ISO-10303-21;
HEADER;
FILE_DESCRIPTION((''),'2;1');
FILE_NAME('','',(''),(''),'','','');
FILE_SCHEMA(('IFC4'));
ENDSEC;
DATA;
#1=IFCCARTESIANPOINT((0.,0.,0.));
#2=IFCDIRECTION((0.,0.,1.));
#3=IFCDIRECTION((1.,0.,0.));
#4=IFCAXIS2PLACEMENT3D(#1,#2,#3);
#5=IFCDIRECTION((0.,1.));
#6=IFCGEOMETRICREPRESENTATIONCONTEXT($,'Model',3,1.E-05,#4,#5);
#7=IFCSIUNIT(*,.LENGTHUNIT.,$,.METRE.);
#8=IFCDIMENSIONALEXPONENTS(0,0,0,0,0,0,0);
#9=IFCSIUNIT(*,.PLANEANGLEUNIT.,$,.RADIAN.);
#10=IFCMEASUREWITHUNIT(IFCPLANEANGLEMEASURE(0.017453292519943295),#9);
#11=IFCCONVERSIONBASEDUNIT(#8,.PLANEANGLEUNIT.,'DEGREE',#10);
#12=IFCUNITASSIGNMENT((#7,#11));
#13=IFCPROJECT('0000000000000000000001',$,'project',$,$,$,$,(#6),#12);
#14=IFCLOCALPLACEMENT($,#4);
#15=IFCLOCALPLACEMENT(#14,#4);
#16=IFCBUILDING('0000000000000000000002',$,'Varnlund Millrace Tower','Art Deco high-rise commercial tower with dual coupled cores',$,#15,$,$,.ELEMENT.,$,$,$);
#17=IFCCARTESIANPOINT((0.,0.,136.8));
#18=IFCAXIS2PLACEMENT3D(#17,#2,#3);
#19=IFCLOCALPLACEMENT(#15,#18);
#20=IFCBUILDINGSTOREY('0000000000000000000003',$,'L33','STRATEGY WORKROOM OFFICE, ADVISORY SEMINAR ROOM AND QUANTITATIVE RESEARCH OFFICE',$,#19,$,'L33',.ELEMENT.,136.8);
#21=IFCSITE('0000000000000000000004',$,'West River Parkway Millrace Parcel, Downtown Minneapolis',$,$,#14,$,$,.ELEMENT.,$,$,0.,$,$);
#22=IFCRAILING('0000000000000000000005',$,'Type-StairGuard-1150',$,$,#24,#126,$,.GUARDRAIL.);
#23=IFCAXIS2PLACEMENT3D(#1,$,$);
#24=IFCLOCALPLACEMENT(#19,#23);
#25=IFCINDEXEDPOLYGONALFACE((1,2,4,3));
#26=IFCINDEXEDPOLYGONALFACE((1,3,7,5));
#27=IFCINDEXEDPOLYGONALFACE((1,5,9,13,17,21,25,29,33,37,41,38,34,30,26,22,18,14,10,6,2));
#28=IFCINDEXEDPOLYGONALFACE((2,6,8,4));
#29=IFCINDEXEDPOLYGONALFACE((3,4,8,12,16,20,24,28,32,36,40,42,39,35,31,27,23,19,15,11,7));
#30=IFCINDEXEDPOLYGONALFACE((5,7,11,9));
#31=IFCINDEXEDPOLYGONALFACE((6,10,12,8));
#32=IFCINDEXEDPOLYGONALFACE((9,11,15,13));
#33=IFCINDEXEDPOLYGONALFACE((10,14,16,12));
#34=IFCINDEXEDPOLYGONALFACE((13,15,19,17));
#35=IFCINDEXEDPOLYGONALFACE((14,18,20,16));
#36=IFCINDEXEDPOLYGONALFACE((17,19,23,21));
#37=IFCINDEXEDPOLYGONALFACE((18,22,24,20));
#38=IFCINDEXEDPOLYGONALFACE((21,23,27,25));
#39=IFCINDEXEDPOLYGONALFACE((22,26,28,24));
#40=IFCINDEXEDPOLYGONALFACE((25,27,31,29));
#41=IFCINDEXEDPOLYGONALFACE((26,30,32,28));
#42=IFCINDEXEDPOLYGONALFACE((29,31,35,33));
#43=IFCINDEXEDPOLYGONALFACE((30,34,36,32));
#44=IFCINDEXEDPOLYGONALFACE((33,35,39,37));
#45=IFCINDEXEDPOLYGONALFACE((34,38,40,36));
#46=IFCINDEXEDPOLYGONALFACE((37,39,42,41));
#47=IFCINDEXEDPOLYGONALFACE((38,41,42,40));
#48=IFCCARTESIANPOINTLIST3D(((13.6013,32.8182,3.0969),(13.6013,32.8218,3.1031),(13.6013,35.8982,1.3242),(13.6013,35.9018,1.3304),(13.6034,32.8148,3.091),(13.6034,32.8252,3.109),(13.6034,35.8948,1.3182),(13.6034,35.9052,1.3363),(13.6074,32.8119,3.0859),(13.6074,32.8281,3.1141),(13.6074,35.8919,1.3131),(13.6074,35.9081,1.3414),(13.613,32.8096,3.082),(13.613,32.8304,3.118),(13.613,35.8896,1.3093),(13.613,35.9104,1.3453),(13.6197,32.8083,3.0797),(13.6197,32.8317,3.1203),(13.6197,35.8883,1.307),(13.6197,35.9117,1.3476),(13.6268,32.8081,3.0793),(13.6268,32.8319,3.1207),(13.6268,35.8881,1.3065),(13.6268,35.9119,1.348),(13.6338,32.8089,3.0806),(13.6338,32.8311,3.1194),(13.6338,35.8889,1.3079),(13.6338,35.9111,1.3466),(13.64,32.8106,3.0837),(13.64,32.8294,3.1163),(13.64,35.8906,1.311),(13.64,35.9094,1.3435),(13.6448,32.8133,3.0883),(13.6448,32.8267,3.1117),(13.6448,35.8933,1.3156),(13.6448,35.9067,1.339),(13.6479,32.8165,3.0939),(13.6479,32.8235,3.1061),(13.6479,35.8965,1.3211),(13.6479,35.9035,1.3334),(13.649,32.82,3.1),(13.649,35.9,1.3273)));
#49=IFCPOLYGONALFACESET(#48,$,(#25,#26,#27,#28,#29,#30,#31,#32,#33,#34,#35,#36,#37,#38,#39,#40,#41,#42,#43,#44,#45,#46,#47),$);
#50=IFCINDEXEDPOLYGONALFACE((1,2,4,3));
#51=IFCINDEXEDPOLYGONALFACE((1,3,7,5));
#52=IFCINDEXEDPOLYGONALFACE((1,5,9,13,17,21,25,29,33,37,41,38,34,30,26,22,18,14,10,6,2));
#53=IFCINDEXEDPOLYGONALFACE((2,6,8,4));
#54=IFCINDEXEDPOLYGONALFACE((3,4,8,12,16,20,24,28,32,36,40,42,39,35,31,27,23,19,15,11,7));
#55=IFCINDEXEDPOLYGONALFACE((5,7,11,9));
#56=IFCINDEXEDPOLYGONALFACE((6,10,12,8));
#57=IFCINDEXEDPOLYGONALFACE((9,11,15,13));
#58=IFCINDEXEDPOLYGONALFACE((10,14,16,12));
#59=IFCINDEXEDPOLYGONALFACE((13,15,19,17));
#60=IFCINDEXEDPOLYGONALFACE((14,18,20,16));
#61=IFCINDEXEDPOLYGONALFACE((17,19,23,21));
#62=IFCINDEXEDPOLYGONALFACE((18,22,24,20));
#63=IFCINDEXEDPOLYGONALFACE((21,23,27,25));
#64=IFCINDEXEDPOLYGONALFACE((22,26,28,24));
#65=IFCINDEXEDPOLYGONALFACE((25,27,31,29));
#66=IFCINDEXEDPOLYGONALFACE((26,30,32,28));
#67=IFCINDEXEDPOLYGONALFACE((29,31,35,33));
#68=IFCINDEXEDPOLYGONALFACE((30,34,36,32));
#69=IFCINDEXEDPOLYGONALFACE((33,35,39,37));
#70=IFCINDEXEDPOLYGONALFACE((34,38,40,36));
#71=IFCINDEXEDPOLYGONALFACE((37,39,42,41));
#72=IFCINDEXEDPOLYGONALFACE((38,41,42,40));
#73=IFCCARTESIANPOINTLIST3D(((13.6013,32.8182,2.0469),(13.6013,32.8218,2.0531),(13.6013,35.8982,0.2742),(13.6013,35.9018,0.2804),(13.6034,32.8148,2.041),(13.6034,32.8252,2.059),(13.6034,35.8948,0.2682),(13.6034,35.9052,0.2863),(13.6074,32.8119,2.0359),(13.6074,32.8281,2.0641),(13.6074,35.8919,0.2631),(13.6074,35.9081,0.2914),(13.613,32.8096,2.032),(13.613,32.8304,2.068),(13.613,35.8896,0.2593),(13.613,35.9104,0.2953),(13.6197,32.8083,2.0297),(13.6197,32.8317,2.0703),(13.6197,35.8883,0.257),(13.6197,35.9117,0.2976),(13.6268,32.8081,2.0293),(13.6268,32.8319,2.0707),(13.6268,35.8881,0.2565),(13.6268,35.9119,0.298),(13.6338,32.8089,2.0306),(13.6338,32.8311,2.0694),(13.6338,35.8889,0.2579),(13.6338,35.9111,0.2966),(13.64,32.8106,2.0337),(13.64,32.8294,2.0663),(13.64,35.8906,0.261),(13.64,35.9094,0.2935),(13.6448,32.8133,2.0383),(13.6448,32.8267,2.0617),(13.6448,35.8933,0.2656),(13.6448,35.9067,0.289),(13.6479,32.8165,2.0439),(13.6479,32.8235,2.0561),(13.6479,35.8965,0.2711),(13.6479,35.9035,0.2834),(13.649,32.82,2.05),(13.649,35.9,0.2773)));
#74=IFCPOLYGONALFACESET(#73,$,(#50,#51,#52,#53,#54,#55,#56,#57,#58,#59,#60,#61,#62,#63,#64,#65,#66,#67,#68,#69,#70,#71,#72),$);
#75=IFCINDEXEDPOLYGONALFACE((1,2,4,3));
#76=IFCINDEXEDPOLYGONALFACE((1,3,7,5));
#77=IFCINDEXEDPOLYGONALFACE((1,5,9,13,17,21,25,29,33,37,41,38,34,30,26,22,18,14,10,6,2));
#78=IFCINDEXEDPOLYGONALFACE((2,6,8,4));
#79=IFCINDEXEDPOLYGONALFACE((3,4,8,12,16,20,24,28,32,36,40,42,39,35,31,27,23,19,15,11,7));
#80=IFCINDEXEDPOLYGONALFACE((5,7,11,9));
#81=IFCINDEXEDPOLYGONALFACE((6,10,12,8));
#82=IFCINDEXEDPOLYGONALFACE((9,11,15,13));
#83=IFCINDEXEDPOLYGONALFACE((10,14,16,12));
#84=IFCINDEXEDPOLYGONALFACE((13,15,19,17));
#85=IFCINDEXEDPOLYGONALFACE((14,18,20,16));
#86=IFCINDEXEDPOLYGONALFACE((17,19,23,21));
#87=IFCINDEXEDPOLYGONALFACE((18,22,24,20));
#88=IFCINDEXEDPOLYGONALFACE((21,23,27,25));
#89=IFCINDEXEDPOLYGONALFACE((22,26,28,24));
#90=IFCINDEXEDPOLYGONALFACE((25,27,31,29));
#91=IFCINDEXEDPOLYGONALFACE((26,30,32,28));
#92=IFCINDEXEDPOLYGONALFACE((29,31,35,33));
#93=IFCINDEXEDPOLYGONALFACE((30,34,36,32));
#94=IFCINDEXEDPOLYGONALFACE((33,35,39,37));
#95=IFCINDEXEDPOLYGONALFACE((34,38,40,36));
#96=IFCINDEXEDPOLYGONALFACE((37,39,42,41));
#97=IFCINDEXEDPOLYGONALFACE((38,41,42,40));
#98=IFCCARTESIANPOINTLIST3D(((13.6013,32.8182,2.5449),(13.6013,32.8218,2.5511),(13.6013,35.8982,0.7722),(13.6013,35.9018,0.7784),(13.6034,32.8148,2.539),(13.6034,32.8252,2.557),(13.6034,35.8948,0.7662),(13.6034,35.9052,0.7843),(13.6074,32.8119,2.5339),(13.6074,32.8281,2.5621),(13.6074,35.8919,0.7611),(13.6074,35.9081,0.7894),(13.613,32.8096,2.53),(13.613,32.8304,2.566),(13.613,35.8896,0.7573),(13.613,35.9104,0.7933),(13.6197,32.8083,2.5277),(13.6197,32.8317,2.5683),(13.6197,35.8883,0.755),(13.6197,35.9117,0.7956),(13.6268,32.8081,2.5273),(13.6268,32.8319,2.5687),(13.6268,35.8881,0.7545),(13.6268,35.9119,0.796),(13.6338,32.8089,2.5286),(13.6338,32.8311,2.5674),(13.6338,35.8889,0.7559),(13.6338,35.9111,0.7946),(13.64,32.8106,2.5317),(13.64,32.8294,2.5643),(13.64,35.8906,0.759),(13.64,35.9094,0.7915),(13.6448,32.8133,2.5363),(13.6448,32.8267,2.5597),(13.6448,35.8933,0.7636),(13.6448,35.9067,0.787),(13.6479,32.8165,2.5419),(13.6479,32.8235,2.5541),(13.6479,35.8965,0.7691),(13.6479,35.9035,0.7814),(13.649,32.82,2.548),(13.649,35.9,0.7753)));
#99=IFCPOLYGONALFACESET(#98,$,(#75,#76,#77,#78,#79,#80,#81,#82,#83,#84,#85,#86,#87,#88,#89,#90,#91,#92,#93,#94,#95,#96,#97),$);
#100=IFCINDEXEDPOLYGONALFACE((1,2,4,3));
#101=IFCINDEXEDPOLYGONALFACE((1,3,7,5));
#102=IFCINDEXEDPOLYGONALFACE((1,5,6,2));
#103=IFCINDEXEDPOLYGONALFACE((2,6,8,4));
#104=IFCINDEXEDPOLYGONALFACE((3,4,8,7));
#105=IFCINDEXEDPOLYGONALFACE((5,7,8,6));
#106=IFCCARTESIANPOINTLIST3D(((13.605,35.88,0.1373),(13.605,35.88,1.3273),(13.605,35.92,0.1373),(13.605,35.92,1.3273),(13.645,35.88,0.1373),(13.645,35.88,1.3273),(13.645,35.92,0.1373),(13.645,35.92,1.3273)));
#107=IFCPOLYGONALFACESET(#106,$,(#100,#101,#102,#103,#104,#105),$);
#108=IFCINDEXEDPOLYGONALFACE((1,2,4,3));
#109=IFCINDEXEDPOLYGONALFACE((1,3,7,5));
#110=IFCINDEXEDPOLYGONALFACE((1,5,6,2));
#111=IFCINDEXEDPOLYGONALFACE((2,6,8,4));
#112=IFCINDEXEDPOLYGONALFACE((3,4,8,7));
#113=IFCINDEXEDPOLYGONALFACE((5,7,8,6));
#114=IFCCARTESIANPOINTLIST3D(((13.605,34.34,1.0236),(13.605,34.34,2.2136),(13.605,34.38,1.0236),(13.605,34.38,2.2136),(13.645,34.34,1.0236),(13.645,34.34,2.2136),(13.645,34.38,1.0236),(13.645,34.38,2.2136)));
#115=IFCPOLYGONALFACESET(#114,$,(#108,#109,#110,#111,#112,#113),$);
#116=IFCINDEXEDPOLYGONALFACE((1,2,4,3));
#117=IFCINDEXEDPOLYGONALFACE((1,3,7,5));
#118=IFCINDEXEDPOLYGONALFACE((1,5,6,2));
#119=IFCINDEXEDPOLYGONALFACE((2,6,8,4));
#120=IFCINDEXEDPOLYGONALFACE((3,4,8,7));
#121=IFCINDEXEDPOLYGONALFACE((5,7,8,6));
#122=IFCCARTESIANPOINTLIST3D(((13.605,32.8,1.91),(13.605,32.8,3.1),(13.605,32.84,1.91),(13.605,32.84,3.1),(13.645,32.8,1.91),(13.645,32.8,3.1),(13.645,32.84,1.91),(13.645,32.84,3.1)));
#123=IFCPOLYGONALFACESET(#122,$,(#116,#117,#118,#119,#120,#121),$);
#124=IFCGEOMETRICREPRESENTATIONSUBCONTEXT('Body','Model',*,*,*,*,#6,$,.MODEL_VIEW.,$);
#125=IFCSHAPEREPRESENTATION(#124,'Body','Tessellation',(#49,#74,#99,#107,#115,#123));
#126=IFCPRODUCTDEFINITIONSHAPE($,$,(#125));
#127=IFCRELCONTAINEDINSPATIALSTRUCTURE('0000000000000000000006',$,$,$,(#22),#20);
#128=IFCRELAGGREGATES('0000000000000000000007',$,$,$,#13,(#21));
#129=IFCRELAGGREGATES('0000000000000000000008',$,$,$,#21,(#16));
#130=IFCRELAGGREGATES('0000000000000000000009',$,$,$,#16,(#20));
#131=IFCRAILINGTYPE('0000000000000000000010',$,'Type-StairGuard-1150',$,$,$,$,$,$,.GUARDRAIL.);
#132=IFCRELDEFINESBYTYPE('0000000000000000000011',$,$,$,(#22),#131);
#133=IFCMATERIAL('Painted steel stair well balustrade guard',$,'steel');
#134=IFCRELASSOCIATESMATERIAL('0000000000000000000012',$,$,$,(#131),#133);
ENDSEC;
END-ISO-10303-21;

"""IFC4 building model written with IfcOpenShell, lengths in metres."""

from ifc_helpers import new_model, entity, si_unit, converted_unit, direction, frame, origin_with_axes, origin_2d_with_axis, place, context, subcontext, project, spatial, rectangle, circle, extrude, material, type_object, element, save


model = new_model("IFC4")

# Units and contexts
model_context = context("Model", 3, precision=1e-05, world=origin_with_axes(), true_north=direction((0.0, 1.0)))
body_context = subcontext(model_context, "Body", "Model", "MODEL_VIEW")
ifc_project = project(units=[si_unit("LENGTHUNIT", "METRE"), converted_unit("PLANEANGLEUNIT", "DEGREE", entity("IfcPlaneAngleMeasure", 0.017453292519943295), si_unit("PLANEANGLEUNIT", "RADIAN"), dimensions=[0, 0, 0, 0, 0, 0, 0])], contexts=[model_context])

# Site, building, storey
site_placement = place(None, origin_with_axes())
site = spatial("IfcSite", under=ifc_project, at=site_placement, Name="West River Parkway Millrace Parcel, Downtown Minneapolis", CompositionType="ELEMENT", RefElevation=0.0)
building_placement = place(site_placement, origin_with_axes())
building = spatial("IfcBuilding", under=site, at=building_placement, Name="Varnlund Millrace Tower", Description="Art Deco high-rise commercial tower with dual coupled cores", CompositionType="ELEMENT")
storey_placement = place(building_placement, frame((0.0, 0.0, 136.8), z_axis=(0.0, 0.0, 1.0), x_axis=(1.0, 0.0, 0.0)))
storey = spatial("IfcBuildingStorey", under=building, at=storey_placement, Name="L33", Description="STRATEGY WORKROOM OFFICE, ADVISORY SEMINAR ROOM AND QUANTITATIVE RESEARCH OFFICE", LongName="L33", CompositionType="ELEMENT", Elevation=136.8)

# Railing
ifc_material_1 = material(Name="Painted steel stair well balustrade guard", Category="steel")
railing_type_1 = type_object("IfcRailingType", Name="Type-StairGuard-1150", PredefinedType="GUARDRAIL", material=ifc_material_1)
railing_1_placement = place(storey_placement, frame((0.0, 0.0, -136.8), z_axis=(0.0, 0.0, 1.0), x_axis=(1.0, 0.0, 0.0)))
element("IfcRailing", 1, at=railing_1_placement, inside=storey, type_object=railing_type_1, Name="Type-StairGuard-1150", PredefinedType="GUARDRAIL", context=body_context, shape_type="SweptSolid", body=[
    extrude(circle(Radius=0.024, at=origin_2d_with_axis()), frame((13.625, 35.9, 138.1273), z_axis=(0.0, -0.866696, 0.498836), x_axis=(1.0, 0.0, 0.0)), (0.0, 0.0, 1.0), 3.5537),
    extrude(circle(Radius=0.024, at=origin_2d_with_axis()), frame((13.625, 35.9, 137.0773), z_axis=(0.0, -0.866696, 0.498836), x_axis=(1.0, 0.0, 0.0)), (0.0, 0.0, 1.0), 3.5537),
    extrude(circle(Radius=0.024, at=origin_2d_with_axis()), frame((13.625, 35.9, 137.5753), z_axis=(0.0, -0.866696, 0.498836), x_axis=(1.0, 0.0, 0.0)), (0.0, 0.0, 1.0), 3.5537),
    extrude(rectangle(XDim=0.04, YDim=0.04, at=origin_2d_with_axis()), frame((13.625, 35.9, 136.9373), z_axis=(0.0, 0.0, 1.0), x_axis=(1.0, 0.0, 0.0)), (0.0, 0.0, 1.0), 1.19),
    extrude(rectangle(XDim=0.04, YDim=0.04, at=origin_2d_with_axis()), frame((13.625, 34.36, 137.8236), z_axis=(0.0, 0.0, 1.0), x_axis=(1.0, 0.0, 0.0)), (0.0, 0.0, 1.0), 1.19),
    extrude(rectangle(XDim=0.04, YDim=0.04, at=origin_2d_with_axis()), frame((13.625, 32.82, 138.71), z_axis=(0.0, 0.0, 1.0), x_axis=(1.0, 0.0, 0.0)), (0.0, 0.0, 1.0), 1.19),
])

save(model, "model.ifc")
